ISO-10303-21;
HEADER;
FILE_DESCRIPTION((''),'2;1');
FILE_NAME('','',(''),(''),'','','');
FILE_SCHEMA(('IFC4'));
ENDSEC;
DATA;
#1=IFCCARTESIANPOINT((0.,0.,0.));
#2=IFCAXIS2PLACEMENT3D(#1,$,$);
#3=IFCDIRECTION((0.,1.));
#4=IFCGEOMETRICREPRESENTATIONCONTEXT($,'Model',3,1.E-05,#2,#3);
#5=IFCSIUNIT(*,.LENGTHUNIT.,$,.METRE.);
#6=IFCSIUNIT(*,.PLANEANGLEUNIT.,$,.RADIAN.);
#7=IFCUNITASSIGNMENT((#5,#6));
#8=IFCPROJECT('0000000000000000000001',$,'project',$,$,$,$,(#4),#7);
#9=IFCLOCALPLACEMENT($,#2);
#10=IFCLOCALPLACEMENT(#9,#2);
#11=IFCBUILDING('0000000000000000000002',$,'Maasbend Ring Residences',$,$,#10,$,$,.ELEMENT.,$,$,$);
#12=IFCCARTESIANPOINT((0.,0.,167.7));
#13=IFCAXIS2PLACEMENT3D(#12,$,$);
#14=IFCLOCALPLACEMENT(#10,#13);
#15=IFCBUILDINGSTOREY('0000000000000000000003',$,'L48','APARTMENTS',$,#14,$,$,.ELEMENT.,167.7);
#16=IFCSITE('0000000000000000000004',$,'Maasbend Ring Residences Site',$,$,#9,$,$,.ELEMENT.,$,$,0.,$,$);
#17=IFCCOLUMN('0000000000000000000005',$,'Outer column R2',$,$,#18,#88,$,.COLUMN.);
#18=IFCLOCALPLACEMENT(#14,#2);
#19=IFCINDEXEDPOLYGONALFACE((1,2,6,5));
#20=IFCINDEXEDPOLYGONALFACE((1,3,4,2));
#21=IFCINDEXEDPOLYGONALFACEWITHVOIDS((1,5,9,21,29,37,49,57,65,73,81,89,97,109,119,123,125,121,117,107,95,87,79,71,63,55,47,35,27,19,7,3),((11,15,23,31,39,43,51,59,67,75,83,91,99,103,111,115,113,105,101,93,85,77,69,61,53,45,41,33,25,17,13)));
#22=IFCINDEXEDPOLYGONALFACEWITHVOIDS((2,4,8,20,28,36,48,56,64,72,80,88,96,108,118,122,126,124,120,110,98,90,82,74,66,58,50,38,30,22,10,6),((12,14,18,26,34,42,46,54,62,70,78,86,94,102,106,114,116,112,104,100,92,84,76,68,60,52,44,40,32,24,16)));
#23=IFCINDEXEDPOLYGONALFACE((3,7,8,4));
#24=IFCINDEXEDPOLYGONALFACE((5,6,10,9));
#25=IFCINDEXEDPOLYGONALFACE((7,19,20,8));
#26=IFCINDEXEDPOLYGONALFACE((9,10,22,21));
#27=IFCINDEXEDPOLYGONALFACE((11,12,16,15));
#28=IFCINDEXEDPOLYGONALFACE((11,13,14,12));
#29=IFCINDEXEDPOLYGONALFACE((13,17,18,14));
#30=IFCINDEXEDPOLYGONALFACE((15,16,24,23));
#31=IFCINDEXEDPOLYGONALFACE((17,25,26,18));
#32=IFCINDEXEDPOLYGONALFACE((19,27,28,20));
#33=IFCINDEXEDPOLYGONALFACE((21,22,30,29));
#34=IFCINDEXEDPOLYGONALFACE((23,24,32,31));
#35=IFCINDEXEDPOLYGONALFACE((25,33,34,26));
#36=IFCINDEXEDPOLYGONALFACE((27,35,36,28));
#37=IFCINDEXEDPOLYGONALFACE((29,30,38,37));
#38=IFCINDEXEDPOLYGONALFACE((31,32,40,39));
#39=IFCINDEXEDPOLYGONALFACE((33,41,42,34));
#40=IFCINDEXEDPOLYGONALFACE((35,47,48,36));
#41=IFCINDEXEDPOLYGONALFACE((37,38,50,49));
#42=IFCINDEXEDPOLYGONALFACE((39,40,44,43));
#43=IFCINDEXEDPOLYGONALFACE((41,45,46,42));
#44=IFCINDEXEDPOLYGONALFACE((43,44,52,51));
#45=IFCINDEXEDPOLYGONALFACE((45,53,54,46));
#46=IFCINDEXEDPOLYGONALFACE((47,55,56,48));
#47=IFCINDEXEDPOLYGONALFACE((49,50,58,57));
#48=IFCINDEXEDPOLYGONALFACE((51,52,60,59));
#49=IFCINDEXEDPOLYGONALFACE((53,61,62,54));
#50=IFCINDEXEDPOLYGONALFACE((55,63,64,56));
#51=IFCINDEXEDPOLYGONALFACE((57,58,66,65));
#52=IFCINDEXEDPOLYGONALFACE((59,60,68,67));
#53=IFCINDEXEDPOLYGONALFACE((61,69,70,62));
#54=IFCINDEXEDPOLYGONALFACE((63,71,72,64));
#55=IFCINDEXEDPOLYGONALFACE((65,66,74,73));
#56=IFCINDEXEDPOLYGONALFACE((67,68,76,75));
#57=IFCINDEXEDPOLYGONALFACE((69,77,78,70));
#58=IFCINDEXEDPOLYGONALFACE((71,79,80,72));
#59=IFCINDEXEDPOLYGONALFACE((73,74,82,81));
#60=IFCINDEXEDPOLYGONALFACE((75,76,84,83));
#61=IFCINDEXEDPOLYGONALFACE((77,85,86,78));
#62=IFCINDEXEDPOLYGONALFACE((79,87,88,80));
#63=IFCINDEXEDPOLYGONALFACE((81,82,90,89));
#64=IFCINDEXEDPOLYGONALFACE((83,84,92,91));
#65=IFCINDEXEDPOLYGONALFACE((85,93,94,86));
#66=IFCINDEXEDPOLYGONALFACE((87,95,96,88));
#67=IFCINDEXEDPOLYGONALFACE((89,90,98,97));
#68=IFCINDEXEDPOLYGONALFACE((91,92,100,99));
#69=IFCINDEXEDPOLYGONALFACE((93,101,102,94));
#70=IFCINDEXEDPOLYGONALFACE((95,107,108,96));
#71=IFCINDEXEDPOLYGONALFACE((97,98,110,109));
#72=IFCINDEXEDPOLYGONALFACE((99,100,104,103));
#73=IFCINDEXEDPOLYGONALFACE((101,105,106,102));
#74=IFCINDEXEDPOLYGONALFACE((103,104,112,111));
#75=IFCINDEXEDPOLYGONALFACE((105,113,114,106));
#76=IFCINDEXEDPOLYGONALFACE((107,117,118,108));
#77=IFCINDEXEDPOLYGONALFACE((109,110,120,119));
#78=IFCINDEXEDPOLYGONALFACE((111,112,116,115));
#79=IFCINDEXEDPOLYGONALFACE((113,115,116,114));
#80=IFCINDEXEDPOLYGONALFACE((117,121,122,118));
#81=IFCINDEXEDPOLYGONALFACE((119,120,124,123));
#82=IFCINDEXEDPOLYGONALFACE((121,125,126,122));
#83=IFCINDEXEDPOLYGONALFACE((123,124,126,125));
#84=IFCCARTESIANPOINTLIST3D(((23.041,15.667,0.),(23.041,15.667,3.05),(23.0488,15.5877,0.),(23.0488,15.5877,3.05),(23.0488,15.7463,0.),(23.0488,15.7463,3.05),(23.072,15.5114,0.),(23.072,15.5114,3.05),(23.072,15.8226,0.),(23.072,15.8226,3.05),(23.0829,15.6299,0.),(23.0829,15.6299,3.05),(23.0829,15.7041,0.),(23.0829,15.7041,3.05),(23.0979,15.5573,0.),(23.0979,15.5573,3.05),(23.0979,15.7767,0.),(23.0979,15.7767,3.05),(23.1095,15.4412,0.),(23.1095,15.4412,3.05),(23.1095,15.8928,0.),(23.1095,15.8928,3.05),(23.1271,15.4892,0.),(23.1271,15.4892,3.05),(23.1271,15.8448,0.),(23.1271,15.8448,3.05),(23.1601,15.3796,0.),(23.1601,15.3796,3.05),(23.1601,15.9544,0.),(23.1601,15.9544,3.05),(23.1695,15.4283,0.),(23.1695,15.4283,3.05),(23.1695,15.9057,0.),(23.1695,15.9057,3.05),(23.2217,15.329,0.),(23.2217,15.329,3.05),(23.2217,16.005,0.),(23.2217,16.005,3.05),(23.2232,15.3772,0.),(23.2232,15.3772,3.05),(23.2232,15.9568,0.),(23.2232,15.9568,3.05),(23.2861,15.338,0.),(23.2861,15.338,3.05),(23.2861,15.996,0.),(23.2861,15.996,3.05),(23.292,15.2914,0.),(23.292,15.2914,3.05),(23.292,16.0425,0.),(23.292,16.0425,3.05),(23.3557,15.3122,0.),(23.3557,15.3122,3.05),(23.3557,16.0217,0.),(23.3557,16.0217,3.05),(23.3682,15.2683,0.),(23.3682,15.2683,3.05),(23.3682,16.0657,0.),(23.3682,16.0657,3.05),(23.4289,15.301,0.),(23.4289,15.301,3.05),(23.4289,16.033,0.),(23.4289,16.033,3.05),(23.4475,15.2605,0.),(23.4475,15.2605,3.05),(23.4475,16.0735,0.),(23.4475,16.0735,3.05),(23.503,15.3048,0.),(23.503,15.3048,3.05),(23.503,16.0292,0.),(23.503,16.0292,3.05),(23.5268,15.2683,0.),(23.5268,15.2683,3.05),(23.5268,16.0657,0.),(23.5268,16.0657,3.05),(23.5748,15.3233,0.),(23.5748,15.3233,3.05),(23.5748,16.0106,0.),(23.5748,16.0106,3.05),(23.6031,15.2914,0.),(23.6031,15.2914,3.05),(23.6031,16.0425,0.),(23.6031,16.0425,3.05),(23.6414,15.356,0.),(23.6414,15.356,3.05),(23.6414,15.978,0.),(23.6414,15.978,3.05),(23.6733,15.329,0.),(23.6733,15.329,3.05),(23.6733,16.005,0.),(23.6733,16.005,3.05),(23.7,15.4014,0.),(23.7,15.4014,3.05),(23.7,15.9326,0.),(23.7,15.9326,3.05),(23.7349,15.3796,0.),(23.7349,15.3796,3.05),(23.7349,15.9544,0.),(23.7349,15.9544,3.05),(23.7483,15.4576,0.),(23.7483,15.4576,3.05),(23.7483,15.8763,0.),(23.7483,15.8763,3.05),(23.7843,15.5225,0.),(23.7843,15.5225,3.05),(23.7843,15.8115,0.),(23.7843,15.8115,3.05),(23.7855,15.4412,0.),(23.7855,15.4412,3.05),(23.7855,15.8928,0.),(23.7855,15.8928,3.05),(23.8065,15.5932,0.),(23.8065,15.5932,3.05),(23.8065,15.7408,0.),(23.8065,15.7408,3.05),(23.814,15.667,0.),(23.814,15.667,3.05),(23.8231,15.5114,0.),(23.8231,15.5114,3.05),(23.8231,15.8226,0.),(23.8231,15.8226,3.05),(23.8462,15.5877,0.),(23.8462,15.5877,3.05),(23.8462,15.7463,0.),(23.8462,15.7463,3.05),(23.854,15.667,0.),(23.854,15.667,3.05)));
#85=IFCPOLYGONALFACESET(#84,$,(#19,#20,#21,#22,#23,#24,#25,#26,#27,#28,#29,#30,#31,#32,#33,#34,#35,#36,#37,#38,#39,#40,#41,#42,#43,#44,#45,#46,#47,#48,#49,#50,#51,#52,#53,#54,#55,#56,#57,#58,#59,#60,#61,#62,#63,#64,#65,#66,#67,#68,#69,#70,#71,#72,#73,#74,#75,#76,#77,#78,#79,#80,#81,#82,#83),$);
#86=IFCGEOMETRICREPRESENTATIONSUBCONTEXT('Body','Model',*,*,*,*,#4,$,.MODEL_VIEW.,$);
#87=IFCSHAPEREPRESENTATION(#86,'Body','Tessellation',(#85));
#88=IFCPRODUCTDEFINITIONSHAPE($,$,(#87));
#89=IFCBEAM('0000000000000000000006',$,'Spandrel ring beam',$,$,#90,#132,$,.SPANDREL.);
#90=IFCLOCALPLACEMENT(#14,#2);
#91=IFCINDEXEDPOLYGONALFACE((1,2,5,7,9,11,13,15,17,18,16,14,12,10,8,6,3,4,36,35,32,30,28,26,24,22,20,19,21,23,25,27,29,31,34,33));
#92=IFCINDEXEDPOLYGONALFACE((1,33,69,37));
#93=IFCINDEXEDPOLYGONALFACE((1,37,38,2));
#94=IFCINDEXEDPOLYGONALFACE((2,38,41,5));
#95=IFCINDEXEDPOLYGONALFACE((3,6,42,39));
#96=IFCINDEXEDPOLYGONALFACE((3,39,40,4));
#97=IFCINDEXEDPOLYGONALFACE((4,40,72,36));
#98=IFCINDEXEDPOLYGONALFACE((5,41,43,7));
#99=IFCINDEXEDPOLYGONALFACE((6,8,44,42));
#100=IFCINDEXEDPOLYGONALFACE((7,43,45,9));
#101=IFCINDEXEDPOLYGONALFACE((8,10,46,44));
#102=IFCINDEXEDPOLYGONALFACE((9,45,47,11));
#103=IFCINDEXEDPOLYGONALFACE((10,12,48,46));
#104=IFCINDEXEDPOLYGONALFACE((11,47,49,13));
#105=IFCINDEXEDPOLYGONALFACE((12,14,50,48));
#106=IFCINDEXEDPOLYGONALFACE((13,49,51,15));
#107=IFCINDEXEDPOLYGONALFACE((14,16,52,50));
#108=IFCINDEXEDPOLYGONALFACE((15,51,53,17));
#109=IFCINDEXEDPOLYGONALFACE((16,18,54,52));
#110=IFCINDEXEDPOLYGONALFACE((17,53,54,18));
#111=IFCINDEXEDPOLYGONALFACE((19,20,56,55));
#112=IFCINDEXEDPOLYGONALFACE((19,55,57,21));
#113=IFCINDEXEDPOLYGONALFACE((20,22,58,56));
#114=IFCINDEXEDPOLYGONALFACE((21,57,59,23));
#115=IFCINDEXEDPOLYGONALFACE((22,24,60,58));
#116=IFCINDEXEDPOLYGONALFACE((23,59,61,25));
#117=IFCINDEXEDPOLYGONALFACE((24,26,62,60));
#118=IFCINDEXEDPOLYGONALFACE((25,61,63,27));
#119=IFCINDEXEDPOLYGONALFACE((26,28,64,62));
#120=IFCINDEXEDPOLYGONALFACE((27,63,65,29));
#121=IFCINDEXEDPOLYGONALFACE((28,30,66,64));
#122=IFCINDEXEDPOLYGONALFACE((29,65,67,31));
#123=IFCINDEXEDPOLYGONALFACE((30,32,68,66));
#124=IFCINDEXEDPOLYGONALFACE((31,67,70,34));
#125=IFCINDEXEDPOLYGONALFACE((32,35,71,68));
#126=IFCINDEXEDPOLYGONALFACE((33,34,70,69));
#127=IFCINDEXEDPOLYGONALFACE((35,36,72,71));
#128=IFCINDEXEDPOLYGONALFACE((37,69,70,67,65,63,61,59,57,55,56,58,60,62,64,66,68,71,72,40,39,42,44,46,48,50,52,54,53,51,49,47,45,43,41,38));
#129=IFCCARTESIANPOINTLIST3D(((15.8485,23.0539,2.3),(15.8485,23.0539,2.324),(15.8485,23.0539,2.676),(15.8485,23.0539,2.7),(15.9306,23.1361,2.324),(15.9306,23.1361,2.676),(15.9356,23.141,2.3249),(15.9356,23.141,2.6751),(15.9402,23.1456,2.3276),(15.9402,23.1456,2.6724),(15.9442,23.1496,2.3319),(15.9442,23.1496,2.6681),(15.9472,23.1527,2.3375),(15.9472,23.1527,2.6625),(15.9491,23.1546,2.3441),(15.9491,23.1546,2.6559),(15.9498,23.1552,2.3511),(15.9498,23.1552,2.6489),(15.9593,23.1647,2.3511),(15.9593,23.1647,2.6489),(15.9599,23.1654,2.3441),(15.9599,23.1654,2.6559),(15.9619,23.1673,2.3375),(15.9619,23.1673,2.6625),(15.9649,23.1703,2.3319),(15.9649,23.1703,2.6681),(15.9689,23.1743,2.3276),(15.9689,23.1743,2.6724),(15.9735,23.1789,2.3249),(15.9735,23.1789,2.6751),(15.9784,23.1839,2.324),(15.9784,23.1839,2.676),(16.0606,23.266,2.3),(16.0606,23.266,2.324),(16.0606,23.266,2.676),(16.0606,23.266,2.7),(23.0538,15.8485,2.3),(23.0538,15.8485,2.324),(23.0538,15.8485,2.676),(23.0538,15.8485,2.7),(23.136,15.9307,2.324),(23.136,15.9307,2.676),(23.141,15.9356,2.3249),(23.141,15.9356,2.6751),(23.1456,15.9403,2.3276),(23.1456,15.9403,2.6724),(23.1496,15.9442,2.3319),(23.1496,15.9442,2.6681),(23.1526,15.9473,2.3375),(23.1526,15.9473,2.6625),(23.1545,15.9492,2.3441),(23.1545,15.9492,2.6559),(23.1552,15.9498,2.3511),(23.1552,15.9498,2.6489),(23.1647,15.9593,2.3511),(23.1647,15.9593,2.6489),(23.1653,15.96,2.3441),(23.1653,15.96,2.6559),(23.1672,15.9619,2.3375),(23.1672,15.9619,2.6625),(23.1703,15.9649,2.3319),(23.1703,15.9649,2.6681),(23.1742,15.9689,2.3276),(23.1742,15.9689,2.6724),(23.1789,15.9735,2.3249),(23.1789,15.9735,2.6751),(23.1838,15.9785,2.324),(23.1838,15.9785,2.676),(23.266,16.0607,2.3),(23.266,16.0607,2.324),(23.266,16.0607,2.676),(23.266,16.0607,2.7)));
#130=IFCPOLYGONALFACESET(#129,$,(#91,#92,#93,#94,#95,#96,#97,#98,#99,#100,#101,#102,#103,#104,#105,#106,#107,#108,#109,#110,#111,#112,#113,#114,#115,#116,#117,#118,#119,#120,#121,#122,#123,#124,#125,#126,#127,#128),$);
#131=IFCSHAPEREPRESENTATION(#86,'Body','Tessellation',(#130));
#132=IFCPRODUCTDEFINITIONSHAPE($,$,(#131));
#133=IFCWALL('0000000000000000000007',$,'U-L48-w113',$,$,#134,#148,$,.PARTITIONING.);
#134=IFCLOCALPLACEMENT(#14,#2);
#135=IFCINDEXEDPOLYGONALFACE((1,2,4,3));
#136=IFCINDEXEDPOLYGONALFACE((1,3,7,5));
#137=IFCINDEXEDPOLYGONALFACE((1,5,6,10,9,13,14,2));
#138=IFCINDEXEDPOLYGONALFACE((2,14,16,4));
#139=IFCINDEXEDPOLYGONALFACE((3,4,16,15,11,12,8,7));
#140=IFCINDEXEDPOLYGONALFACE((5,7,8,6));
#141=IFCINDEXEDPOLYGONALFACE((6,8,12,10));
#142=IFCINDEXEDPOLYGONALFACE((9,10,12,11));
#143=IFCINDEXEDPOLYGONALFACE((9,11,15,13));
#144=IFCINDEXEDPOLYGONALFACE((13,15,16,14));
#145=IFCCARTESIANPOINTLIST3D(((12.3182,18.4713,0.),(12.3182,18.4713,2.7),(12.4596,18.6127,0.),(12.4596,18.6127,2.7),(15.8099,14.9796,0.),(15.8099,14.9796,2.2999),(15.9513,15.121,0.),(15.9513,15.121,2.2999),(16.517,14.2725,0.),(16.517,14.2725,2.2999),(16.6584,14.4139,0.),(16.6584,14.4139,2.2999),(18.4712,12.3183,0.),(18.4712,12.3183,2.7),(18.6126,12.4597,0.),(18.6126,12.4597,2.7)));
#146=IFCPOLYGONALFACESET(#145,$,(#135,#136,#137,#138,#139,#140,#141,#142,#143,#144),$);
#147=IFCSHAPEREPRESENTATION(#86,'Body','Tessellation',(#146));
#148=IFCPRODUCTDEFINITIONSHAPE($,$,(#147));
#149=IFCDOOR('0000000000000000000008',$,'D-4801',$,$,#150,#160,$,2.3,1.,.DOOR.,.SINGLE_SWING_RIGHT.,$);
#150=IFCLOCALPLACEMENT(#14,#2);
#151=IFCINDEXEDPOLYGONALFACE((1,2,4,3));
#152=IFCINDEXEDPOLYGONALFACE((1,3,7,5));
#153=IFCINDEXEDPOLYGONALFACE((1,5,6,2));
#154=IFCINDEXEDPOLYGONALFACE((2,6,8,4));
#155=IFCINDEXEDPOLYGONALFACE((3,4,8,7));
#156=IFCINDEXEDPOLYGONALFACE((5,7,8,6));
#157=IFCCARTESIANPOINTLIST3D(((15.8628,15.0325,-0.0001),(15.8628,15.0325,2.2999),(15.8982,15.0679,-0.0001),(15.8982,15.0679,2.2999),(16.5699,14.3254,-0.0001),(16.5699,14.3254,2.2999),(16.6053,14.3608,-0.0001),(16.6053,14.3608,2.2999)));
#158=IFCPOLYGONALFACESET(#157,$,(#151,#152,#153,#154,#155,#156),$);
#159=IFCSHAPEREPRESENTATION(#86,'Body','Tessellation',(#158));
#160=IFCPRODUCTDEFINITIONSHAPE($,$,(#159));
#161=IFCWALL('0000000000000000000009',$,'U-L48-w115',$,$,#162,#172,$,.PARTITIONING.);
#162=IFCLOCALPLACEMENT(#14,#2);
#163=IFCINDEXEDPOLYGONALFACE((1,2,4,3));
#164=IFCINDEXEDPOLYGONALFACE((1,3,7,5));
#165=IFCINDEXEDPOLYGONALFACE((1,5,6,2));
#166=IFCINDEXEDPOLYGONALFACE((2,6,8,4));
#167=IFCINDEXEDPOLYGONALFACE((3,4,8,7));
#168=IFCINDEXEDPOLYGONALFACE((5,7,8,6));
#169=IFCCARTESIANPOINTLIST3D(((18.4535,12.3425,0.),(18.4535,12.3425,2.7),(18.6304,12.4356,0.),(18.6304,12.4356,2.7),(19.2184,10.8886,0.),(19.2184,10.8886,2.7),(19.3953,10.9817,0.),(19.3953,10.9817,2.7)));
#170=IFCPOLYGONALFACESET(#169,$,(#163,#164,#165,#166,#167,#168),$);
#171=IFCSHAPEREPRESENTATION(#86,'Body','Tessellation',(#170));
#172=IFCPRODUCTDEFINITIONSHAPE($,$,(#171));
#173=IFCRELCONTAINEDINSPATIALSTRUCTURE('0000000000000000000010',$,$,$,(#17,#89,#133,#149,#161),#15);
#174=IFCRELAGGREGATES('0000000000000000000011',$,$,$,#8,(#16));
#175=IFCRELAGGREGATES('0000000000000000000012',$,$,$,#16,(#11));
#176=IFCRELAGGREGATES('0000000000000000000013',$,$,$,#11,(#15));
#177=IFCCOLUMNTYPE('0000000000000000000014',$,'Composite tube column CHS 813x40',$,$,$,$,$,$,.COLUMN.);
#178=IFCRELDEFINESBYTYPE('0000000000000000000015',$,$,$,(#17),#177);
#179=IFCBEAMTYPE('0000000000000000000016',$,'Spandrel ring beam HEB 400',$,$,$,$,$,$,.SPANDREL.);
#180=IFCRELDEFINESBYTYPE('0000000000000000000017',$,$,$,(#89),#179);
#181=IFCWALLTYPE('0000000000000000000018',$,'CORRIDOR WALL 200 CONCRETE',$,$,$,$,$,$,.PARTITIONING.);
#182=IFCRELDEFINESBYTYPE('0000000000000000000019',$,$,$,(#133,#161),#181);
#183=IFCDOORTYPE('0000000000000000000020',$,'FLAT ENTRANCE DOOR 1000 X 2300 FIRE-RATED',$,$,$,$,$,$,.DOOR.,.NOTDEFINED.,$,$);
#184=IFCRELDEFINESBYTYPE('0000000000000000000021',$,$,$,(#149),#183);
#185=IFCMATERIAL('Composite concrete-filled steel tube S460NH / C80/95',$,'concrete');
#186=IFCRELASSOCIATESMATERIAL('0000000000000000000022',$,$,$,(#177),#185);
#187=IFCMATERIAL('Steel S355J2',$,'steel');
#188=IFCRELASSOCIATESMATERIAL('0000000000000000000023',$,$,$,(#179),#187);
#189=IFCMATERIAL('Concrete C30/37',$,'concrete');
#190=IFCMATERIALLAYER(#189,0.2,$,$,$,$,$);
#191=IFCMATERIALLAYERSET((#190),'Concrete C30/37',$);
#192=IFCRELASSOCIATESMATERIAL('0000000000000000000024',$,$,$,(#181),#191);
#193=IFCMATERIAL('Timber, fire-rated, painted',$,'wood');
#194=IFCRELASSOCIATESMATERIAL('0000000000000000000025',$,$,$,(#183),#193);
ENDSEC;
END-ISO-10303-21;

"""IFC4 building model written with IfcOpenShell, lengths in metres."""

from ifc_helpers import new_model, si_unit, direction, frame, frame_2d, origin, origin_2d, place, context, subcontext, project, spatial, rectangle, hollow_circle, i_section, extrude, material, layer, layer_set, material_profile, profile_set, type_object, element, fill, save


model = new_model("IFC4")

# Units and contexts
model_context = context("Model", 3, precision=1e-05, world=origin(), true_north=direction((0.0, 1.0)))
body_context = subcontext(model_context, "Body", "Model", "MODEL_VIEW")
ifc_project = project(units=[si_unit("LENGTHUNIT", "METRE"), si_unit("PLANEANGLEUNIT", "RADIAN")], contexts=[model_context])

# Site, building, storey
site_placement = place(None, origin())
site = spatial("IfcSite", under=ifc_project, at=site_placement, Name="Maasbend Ring Residences Site", CompositionType="ELEMENT", RefElevation=0.0)
building_placement = place(site_placement, origin())
building = spatial("IfcBuilding", under=site, at=building_placement, Name="Maasbend Ring Residences", CompositionType="ELEMENT")
storey_placement = place(building_placement, frame((0.0, 0.0, 167.7)))
storey = spatial("IfcBuildingStorey", under=building, at=storey_placement, Name="L48", Description="APARTMENTS", CompositionType="ELEMENT", Elevation=167.7)

# Column
ifc_material_1 = material(Name="Composite concrete-filled steel tube S460NH / C80/95", Category="concrete")
ifc_material_profile_1 = material_profile(ifc_material_1, hollow_circle(Radius=0.4065, WallThickness=0.04, at=origin_2d()), Name="Composite tube column CHS 813x40")
ifc_profile_set_1 = profile_set([ifc_material_profile_1], Name="Composite concrete-filled steel tube S460NH / C80/95")
column_type = type_object("IfcColumnType", Name="Composite tube column CHS 813x40", PredefinedType="COLUMN", material=ifc_profile_set_1)
column_placement = place(storey_placement, frame((23.4475, 15.667, 0.0), z_axis=(0.0, 0.0, 1.0), x_axis=(1.0, 0.0, 0.0)))
element("IfcColumn", 1, at=column_placement, inside=storey, type_object=column_type, Name="Outer column R2", PredefinedType="COLUMN", context=body_context, shape_type="SweptSolid", body=[
    extrude(hollow_circle(Radius=0.4065, WallThickness=0.04, at=origin_2d()), origin(), (0.0, 0.0, 1.0), 3.05),
])

# Beam
ifc_material_2 = material(Name="Steel S355J2", Category="steel")
ifc_material_profile_2 = material_profile(ifc_material_2, i_section(OverallWidth=0.3, OverallDepth=0.3999, WebThickness=0.0134, FlangeThickness=0.0239, FilletRadius=0.0271, at=origin_2d()), Name="HEB 400")
ifc_profile_set_2 = profile_set([ifc_material_profile_2], Name="Steel S355J2")
beam_type = type_object("IfcBeamType", Name="Spandrel ring beam HEB 400", PredefinedType="SPANDREL", material=ifc_profile_set_2)
beam_placement = place(storey_placement, frame((23.1599, 15.9546, 2.5), z_axis=(-0.707107, 0.707107, 0.0), x_axis=(-0.707107, -0.707107, 0.0)))
element("IfcBeam", 2, at=beam_placement, inside=storey, type_object=beam_type, Name="Spandrel ring beam", PredefinedType="SPANDREL", context=body_context, shape_type="SweptSolid", body=[
    extrude(i_section(OverallWidth=0.3, OverallDepth=0.3999, WebThickness=0.0134, FlangeThickness=0.0239, FilletRadius=0.0271, at=origin_2d()), origin(), (0.0, 0.0, 1.0), 10.1899),
])

# Wall, opening, door
ifc_material_3 = material(Name="Concrete C30/37", Category="concrete")
ifc_layer_1 = layer(ifc_material_3, 0.2)
ifc_layer_set_1 = layer_set([ifc_layer_1], Name="Concrete C30/37")
wall_type_1 = type_object("IfcWallType", Name="CORRIDOR WALL 200 CONCRETE", PredefinedType="PARTITIONING", material=ifc_layer_set_1)
wall_1_placement = place(storey_placement, frame((12.3889, 18.542, 0.0), z_axis=(0.0, 0.0, 1.0), x_axis=(0.707107, -0.707107, 0.0)))
wall_1 = element("IfcWall", 3, at=wall_1_placement, inside=storey, type_object=wall_type_1, Name="U-L48-w113", PredefinedType="PARTITIONING", context=body_context, shape_type="SweptSolid", body=[
    extrude(rectangle(XDim=8.7017, YDim=0.2, at=frame_2d((4.3508, 0.0))), origin(), (0.0, 0.0, 1.0), 2.7),
])
opening_1_placement = place(wall_1_placement, frame((4.938, 0.0, 0.0)))
opening_1 = element("IfcOpeningElement", 4, at=opening_1_placement, cuts=wall_1, PredefinedType="OPENING", context=body_context, shape_type="SweptSolid", body=[
    extrude(rectangle(XDim=1.0, YDim=2.3, at=frame_2d((0.5, 1.1499))), frame((0.0, 0.1099, 0.0), z_axis=(0.0, -1.0, 0.0), x_axis=(1.0, 0.0, 0.0)), (0.0, 0.0, 1.0), 0.22),
])
ifc_material_4 = material(Name="Timber, fire-rated, painted", Category="wood")
door_type_1 = type_object("IfcDoorType", Name="FLAT ENTRANCE DOOR 1000 X 2300 FIRE-RATED", OperationType="NOTDEFINED", PredefinedType="DOOR", material=ifc_material_4)
door_1_placement = place(opening_1_placement, origin())
door_1 = element("IfcDoor", 5, at=door_1_placement, inside=storey, type_object=door_type_1, Name="D-4801", OperationType="SINGLE_SWING_RIGHT", OverallHeight=2.3, OverallWidth=1.0, PredefinedType="DOOR", context=body_context, shape_type="SweptSolid", body=[
    extrude(rectangle(XDim=1.0, YDim=2.3, at=frame_2d((0.5, 1.1499))), frame((0.0, 0.0249, 0.0), z_axis=(0.0, -1.0, 0.0), x_axis=(1.0, 0.0, 0.0)), (0.0, 0.0, 1.0), 0.05),
])
fill(opening_1, door_1)

# Wall
wall_2_placement = place(storey_placement, frame((18.542, 12.3889, 0.0), z_axis=(0.0, 0.0, 1.0), x_axis=(0.465606, -0.884992, 0.0)))
element("IfcWall", 6, at=wall_2_placement, inside=storey, type_object=wall_type_1, Name="U-L48-w115", PredefinedType="PARTITIONING", context=body_context, shape_type="SweptSolid", body=[
    extrude(rectangle(XDim=1.6428, YDim=0.2, at=frame_2d((0.8213, 0.0))), origin(), (0.0, 0.0, 1.0), 2.7),
])

save(model, "model.ifc")
